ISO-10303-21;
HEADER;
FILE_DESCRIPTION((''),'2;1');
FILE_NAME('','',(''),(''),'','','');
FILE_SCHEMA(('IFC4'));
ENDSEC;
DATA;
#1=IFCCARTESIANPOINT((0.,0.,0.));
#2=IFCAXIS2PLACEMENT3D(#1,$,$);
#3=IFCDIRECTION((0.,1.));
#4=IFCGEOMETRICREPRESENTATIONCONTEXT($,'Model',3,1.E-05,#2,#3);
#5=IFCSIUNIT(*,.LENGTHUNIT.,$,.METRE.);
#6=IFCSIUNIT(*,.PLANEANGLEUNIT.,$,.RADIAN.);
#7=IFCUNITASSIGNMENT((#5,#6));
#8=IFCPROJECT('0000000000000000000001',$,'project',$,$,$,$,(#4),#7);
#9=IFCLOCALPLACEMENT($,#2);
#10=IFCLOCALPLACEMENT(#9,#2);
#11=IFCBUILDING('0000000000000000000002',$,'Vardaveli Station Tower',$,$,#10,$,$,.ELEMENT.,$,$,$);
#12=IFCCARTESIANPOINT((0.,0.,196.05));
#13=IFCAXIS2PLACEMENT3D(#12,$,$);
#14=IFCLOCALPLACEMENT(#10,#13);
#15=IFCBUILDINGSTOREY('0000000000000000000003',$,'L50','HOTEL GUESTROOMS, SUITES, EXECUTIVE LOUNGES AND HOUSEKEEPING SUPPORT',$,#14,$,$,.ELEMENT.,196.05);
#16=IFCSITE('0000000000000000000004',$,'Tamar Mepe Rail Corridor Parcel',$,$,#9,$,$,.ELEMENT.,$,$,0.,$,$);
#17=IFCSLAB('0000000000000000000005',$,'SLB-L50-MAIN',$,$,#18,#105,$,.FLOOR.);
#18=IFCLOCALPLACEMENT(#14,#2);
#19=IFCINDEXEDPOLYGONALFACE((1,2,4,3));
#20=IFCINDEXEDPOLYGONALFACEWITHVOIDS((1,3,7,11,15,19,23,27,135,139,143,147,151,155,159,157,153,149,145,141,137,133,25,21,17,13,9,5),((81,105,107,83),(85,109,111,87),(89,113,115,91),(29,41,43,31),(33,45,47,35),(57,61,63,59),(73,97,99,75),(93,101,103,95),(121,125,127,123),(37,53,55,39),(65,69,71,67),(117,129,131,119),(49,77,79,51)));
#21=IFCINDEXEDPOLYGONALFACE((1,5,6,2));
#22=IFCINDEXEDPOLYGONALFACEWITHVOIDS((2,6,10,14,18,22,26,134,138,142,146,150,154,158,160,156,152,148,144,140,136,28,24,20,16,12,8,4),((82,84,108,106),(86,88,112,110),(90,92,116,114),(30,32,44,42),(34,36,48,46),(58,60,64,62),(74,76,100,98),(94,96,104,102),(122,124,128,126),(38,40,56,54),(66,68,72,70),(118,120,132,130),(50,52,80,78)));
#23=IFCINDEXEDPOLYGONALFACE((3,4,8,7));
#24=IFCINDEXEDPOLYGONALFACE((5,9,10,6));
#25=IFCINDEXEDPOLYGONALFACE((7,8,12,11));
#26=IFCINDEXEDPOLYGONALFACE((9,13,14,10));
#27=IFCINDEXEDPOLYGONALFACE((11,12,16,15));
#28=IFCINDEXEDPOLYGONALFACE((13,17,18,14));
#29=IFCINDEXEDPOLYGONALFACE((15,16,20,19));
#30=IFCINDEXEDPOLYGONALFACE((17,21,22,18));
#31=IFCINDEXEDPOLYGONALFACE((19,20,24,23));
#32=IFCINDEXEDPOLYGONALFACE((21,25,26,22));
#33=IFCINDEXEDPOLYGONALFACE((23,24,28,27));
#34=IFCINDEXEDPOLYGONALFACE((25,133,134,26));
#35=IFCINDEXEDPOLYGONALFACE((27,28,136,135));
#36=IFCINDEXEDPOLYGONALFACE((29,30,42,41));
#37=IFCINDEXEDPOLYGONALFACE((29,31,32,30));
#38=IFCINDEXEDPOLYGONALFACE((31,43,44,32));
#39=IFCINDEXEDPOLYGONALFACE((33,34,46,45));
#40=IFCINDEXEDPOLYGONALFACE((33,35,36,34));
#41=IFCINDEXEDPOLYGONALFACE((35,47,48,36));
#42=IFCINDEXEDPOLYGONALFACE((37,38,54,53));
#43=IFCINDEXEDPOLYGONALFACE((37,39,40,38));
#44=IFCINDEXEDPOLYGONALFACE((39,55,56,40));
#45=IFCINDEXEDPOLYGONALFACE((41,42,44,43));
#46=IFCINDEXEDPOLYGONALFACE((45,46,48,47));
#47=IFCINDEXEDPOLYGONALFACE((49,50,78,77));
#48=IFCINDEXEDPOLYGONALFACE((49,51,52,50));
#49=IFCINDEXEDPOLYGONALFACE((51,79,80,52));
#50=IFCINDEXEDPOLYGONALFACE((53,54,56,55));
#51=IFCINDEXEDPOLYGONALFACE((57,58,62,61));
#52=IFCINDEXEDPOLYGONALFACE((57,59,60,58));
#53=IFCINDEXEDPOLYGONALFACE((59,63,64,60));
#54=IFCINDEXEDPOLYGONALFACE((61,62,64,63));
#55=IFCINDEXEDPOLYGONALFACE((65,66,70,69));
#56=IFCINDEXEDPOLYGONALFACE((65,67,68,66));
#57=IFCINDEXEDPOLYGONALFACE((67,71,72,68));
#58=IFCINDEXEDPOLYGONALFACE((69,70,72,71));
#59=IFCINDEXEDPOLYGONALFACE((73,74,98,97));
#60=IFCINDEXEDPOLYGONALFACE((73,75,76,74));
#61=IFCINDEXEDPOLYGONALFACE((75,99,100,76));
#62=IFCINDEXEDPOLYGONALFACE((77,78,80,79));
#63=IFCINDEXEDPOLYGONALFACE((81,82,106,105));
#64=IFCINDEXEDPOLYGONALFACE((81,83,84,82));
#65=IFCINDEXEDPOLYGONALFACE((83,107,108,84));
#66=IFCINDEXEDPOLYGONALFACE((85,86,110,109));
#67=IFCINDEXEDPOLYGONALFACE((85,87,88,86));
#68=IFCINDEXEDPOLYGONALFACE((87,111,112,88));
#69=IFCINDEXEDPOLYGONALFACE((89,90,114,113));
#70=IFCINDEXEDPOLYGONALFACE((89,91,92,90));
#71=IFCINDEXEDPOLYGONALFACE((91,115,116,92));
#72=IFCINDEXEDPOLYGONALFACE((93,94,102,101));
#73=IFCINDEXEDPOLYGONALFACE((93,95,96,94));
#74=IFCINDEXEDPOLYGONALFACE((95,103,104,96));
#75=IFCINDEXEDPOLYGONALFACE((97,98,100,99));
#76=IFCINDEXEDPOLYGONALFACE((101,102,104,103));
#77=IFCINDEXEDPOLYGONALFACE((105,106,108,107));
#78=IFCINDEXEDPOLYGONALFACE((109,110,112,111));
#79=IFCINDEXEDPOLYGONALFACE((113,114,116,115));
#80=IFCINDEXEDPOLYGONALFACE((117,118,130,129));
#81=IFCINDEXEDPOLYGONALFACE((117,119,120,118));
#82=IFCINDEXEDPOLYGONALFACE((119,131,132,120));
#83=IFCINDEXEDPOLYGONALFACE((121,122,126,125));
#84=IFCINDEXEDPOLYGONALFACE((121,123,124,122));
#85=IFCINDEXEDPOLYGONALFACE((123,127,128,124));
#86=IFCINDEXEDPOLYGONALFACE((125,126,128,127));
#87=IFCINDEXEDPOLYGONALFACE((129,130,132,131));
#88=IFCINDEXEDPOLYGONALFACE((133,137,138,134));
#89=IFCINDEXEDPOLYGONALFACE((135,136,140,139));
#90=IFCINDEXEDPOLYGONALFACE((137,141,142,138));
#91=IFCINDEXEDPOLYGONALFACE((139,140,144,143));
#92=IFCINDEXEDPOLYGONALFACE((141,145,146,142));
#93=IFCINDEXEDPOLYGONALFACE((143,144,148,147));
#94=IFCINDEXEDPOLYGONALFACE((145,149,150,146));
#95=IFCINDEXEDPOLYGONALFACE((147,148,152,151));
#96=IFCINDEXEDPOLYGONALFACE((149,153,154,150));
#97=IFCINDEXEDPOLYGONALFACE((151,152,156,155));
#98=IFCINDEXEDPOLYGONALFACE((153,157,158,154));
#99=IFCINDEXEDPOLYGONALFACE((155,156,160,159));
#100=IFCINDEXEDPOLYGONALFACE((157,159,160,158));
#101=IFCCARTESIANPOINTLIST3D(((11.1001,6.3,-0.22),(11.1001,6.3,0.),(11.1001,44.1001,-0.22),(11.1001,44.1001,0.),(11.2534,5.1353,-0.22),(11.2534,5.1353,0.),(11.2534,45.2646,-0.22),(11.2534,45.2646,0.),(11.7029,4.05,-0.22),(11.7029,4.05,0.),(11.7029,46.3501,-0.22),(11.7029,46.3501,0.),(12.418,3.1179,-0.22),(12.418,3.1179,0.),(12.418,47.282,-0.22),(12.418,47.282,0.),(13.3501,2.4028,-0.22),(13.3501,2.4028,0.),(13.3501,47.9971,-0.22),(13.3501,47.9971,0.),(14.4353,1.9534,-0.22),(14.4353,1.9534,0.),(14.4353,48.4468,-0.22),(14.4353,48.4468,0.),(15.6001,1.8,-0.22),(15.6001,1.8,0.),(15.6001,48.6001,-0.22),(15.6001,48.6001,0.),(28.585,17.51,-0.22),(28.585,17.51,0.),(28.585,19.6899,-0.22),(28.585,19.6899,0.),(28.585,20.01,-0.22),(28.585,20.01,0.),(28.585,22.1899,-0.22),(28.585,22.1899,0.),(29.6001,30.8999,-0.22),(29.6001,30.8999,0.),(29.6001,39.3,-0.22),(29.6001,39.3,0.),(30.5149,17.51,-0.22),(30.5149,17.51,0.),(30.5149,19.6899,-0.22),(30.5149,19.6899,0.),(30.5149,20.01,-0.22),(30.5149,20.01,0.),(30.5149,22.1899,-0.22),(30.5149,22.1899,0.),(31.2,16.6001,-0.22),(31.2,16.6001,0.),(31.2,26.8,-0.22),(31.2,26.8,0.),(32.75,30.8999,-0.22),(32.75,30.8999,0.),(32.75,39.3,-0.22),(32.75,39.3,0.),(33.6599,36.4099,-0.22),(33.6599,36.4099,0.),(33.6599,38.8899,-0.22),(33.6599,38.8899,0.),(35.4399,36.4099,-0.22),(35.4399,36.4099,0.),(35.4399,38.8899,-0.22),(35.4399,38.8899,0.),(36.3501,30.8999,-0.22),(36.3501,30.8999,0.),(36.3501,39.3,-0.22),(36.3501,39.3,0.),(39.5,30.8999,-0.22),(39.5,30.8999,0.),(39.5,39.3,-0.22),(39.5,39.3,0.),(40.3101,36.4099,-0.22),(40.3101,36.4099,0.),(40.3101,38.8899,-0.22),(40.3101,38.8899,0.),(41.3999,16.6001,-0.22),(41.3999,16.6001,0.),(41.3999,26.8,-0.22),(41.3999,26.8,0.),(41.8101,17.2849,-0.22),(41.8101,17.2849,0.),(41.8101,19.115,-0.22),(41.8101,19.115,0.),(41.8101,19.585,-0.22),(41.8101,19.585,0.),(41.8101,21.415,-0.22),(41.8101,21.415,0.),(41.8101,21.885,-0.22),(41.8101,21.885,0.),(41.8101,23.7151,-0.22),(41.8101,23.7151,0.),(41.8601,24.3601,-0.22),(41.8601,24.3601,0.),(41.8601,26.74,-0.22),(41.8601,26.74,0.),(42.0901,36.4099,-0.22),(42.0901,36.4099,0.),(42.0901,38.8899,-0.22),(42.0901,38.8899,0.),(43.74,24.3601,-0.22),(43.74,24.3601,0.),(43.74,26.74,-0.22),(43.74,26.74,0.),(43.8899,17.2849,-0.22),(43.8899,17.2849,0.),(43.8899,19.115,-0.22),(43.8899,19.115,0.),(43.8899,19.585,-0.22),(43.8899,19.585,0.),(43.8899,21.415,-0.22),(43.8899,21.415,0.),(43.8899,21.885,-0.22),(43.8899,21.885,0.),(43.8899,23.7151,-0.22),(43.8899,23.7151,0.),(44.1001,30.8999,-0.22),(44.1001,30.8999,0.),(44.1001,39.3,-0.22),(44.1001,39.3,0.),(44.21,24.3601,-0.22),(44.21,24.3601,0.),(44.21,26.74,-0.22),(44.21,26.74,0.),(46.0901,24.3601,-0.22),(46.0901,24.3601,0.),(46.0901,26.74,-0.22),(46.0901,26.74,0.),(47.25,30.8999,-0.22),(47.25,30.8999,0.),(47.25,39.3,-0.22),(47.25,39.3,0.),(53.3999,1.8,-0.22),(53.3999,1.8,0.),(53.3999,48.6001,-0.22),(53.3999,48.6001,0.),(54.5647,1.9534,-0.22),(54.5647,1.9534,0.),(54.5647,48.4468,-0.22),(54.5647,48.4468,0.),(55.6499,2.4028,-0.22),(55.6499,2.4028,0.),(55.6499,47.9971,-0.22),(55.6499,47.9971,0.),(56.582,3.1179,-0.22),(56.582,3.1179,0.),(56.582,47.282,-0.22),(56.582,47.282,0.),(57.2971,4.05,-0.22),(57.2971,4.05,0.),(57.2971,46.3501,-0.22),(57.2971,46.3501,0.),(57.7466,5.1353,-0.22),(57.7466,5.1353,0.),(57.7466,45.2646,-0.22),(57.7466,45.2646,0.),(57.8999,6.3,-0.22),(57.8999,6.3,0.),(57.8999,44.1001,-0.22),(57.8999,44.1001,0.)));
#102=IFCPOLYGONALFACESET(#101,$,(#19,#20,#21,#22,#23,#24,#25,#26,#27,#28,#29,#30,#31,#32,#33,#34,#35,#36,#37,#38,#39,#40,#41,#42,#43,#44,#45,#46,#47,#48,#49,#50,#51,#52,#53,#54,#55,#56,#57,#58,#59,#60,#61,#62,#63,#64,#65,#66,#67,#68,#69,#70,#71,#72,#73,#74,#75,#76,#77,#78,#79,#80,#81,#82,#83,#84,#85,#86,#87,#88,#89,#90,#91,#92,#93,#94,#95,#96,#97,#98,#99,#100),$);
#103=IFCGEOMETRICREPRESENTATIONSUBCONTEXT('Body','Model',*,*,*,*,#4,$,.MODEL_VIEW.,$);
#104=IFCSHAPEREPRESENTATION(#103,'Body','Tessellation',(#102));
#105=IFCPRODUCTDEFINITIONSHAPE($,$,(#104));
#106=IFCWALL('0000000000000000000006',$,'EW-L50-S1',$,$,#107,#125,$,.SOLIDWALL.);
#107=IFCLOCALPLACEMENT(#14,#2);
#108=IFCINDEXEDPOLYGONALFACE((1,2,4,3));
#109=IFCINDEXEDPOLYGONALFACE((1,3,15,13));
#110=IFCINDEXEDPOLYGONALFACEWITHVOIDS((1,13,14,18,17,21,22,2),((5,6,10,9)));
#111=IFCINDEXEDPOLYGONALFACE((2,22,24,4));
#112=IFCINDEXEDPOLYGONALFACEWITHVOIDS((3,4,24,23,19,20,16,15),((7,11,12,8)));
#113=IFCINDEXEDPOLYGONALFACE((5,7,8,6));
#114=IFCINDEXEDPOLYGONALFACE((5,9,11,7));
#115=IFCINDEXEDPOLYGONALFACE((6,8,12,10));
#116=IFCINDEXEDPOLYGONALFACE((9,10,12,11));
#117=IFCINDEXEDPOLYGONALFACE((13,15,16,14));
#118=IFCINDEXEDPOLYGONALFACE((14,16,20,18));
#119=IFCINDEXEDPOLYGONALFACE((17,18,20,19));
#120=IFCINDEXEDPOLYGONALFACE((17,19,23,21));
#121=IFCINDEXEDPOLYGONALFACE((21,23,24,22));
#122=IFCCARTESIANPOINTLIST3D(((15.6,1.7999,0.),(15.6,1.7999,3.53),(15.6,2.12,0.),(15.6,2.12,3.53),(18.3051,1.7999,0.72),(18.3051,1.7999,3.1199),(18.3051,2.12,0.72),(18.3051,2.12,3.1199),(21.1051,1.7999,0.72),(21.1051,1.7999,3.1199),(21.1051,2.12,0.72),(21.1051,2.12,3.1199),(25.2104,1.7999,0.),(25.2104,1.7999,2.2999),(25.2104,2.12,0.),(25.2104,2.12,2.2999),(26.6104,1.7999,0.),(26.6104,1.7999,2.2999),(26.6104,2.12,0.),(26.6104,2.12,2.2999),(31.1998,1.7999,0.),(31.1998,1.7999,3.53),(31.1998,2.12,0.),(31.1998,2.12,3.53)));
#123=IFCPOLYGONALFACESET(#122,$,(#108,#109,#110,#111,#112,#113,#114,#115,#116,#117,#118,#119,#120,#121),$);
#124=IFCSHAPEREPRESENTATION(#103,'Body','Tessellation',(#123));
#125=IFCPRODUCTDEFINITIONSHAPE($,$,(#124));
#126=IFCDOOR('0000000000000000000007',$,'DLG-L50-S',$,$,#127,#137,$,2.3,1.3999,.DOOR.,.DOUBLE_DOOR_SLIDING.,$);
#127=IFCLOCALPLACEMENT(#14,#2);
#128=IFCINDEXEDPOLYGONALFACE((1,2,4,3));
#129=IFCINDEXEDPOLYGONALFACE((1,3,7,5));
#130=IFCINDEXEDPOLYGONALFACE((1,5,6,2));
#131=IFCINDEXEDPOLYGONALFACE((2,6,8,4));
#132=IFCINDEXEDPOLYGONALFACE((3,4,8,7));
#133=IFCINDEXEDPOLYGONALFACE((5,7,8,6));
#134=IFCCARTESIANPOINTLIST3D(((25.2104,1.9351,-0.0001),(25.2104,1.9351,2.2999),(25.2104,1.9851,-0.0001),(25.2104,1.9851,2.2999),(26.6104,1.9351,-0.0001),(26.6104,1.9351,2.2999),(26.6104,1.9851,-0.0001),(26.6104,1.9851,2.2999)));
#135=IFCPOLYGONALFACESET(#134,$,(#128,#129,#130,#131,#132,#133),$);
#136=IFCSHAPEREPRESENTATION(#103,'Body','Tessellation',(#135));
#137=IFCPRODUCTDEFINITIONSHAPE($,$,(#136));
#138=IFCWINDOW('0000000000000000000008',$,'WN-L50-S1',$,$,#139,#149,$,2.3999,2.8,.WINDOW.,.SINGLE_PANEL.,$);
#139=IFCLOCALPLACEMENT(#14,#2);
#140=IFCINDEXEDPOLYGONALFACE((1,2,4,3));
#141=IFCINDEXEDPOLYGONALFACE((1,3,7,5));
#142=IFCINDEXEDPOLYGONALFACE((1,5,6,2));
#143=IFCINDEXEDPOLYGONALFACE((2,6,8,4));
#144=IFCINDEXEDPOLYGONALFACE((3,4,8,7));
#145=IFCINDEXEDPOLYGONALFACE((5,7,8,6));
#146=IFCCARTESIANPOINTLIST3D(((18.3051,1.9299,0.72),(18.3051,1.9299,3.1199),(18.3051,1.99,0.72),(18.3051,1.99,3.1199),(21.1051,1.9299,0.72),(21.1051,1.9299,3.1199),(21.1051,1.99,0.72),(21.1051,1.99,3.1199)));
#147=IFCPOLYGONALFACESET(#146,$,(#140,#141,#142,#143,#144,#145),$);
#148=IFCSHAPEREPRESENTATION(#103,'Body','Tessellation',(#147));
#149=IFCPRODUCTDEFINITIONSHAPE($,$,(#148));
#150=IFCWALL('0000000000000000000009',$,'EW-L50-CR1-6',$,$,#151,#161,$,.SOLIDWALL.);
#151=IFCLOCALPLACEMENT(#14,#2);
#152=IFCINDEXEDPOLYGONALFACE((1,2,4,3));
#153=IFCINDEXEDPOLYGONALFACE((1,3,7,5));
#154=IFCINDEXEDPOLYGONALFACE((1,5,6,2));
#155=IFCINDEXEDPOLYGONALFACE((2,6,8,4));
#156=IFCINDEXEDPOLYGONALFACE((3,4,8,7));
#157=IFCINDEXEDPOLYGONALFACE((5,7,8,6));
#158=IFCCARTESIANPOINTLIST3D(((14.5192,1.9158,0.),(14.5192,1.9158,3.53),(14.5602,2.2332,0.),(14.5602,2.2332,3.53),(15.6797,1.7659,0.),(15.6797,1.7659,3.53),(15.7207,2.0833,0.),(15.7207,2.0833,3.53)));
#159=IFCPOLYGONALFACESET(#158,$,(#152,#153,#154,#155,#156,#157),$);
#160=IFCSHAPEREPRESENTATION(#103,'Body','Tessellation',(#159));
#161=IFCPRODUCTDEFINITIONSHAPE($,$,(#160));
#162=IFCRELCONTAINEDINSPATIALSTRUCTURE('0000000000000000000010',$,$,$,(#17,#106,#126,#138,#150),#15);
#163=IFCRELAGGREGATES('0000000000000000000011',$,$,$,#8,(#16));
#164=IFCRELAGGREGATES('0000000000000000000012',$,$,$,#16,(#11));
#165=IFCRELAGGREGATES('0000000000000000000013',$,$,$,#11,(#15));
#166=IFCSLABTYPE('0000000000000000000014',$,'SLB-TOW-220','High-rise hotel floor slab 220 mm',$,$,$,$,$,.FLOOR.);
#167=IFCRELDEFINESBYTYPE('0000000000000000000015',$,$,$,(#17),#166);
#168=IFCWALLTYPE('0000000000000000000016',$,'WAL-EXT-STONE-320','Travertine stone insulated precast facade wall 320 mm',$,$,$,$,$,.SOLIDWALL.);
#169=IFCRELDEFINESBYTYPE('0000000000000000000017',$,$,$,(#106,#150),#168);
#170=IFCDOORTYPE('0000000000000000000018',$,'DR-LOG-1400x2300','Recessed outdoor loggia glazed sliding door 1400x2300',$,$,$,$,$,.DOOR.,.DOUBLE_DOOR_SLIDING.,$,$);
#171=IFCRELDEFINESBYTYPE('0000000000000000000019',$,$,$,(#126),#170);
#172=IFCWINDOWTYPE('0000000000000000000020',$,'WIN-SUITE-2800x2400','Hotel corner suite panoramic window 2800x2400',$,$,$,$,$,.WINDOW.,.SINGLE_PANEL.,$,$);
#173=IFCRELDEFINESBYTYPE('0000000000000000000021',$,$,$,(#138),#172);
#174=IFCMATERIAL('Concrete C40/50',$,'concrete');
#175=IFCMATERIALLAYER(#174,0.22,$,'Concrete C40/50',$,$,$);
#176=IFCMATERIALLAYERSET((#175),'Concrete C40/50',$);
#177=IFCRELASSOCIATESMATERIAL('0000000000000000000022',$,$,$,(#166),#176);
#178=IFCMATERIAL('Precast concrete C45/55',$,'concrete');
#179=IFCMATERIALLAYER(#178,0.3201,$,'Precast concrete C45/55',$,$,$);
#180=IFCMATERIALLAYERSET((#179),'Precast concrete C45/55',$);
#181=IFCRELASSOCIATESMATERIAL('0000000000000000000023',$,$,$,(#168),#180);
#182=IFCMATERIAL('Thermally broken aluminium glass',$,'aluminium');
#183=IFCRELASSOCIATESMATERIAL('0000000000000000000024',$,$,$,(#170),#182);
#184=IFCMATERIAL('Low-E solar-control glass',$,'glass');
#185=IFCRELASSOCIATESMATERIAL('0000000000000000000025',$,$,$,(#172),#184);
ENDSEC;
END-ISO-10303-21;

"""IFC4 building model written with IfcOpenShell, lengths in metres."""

from ifc_helpers import new_model, si_unit, direction, frame, frame_2d, origin, place, context, subcontext, project, spatial, polyline, rectangle, outline, extrude, source, transform, mapped, material, layer, layer_set, type_object, element, fill, save


model = new_model("IFC4")

# Units and contexts
model_context = context("Model", 3, precision=1e-05, world=origin(), true_north=direction((0.0, 1.0)))
body_context = subcontext(model_context, "Body", "Model", "MODEL_VIEW")
ifc_project = project(units=[si_unit("LENGTHUNIT", "METRE"), si_unit("PLANEANGLEUNIT", "RADIAN")], contexts=[model_context])

# Site, building, storey
site_placement = place(None, origin())
site = spatial("IfcSite", under=ifc_project, at=site_placement, Name="Tamar Mepe Rail Corridor Parcel", CompositionType="ELEMENT", RefElevation=0.0)
building_placement = place(site_placement, origin())
building = spatial("IfcBuilding", under=site, at=building_placement, Name="Vardaveli Station Tower", CompositionType="ELEMENT")
storey_placement = place(building_placement, frame((0.0, 0.0, 196.05)))
storey = spatial("IfcBuildingStorey", under=building, at=storey_placement, Name="L50", Description="HOTEL GUESTROOMS, SUITES, EXECUTIVE LOUNGES AND HOUSEKEEPING SUPPORT", CompositionType="ELEMENT", Elevation=196.05)

# Shared definitions
ifc_material_1 = material(Name="Concrete C40/50", Category="concrete")

# Slab
ifc_material_2 = material(Name="Precast concrete C45/55", Category="concrete")
ifc_layer_1 = layer(ifc_material_1, 0.22, Name="Concrete C40/50")
ifc_layer_set_1 = layer_set([ifc_layer_1], Name="Concrete C40/50")
slab_type_1 = type_object("IfcSlabType", Name="SLB-TOW-220", Description="High-rise hotel floor slab 220 mm", PredefinedType="FLOOR", material=ifc_layer_set_1)
slab_1_placement = place(storey_placement, frame((0.0, 0.0, -0.22)))
element("IfcSlab", 1, at=slab_1_placement, inside=storey, type_object=slab_type_1, Name="SLB-L50-MAIN", PredefinedType="FLOOR", context=body_context, shape_type="SweptSolid", body=[
    extrude(outline(polyline([(11.1001, 6.3), (11.2534, 5.1353), (11.7029, 4.05), (12.418, 3.1179), (13.3501, 2.4028), (14.4353, 1.9534), (15.6001, 1.8), (53.3999, 1.8), (54.5647, 1.9534), (55.6499, 2.4028), (56.582, 3.1179), (57.2971, 4.05), (57.7466, 5.1353), (57.8999, 6.3), (57.8999, 44.1001), (57.7466, 45.2646), (57.2971, 46.3501), (56.582, 47.282), (55.6499, 47.9971), (54.5647, 48.4468), (53.3999, 48.6001), (15.6001, 48.6001), (14.4353, 48.4468), (13.3501, 47.9971), (12.418, 47.282), (11.7029, 46.3501), (11.2534, 45.2646), (11.1001, 44.1001), (11.1001, 6.3)]), holes=[polyline([(31.2, 16.6001), (41.3999, 16.6001), (41.3999, 26.8), (31.2, 26.8), (31.2, 16.6001)]), polyline([(32.75, 30.8999), (32.75, 39.3), (29.6001, 39.3), (29.6001, 30.8999), (32.75, 30.8999)]), polyline([(39.5, 30.8999), (39.5, 39.3), (36.3501, 39.3), (36.3501, 30.8999), (39.5, 30.8999)]), polyline([(47.25, 30.8999), (47.25, 39.3), (44.1001, 39.3), (44.1001, 30.8999), (47.25, 30.8999)]), polyline([(33.6599, 36.4099), (35.4399, 36.4099), (35.4399, 38.8899), (33.6599, 38.8899), (33.6599, 36.4099)]), polyline([(40.3101, 36.4099), (42.0901, 36.4099), (42.0901, 38.8899), (40.3101, 38.8899), (40.3101, 36.4099)]), polyline([(41.8101, 21.885), (43.8899, 21.885), (43.8899, 23.7151), (41.8101, 23.7151), (41.8101, 21.885)]), polyline([(41.8101, 19.585), (43.8899, 19.585), (43.8899, 21.415), (41.8101, 21.415), (41.8101, 19.585)]), polyline([(41.8101, 17.2849), (43.8899, 17.2849), (43.8899, 19.115), (41.8101, 19.115), (41.8101, 17.2849)]), polyline([(28.585, 17.51), (30.5149, 17.51), (30.5149, 19.6899), (28.585, 19.6899), (28.585, 17.51)]), polyline([(28.585, 20.01), (30.5149, 20.01), (30.5149, 22.1899), (28.585, 22.1899), (28.585, 20.01)]), polyline([(41.8601, 24.3601), (43.74, 24.3601), (43.74, 26.74), (41.8601, 26.74), (41.8601, 24.3601)]), polyline([(44.21, 24.3601), (46.0901, 24.3601), (46.0901, 26.74), (44.21, 26.74), (44.21, 24.3601)])]), origin(), (0.0, 0.0, 1.0), 0.22),
])

# Wall, openings, door, window
ifc_layer_2 = layer(ifc_material_2, 0.3201, Name="Precast concrete C45/55")
ifc_layer_set_2 = layer_set([ifc_layer_2], Name="Precast concrete C45/55")
wall_type = type_object("IfcWallType", Name="WAL-EXT-STONE-320", Description="Travertine stone insulated precast facade wall 320 mm", PredefinedType="SOLIDWALL", material=ifc_layer_set_2)
shared_shape_1 = source(origin(), body_context, "Body", "SweptSolid", [
    extrude(rectangle(XDim=15.5999, YDim=0.3201, at=frame_2d((7.7998, 0.0))), origin(), (0.0, 0.0, 1.0), 3.53),
])
wall_1_placement = place(storey_placement, frame((15.6001, 1.96, 0.0), z_axis=(0.0, 0.0, 1.0), x_axis=(1.0, 0.0, 0.0)))
wall_1 = element("IfcWall", 2, at=wall_1_placement, inside=storey, type_object=wall_type, Name="EW-L50-S1", PredefinedType="SOLIDWALL", context=body_context, shape_type="MappedRepresentation", body=[
    mapped(shared_shape_1, transform((0.0, 0.0, 0.0), scale=1.0)),
])
shared_shape_2 = source(origin(), body_context, "Body", "SweptSolid", [
    extrude(rectangle(XDim=1.3999, YDim=2.3, at=frame_2d((0.7, 1.1499))), frame((0.0, 0.1699, 0.0), z_axis=(0.0, -1.0, 0.0), x_axis=(1.0, 0.0, 0.0)), (0.0, 0.0, 1.0), 0.3401),
])
opening_1_placement = place(wall_1_placement, frame((9.6104, 0.0, 0.0)))
opening_1 = element("IfcOpeningElement", 3, at=opening_1_placement, cuts=wall_1, PredefinedType="OPENING", context=body_context, shape_type="MappedRepresentation", body=[
    mapped(shared_shape_2, transform((0.0, 0.0, 0.0), scale=1.0)),
])
shared_shape_3 = source(origin(), body_context, "Body", "SweptSolid", [
    extrude(rectangle(XDim=2.8, YDim=2.3999, at=frame_2d((1.3999, 1.2))), frame((0.0, 0.1699, 0.0), z_axis=(0.0, -1.0, 0.0), x_axis=(1.0, 0.0, 0.0)), (0.0, 0.0, 1.0), 0.3401),
])
opening_2_placement = place(wall_1_placement, frame((2.7051, 0.0, 0.72)))
opening_2 = element("IfcOpeningElement", 4, at=opening_2_placement, cuts=wall_1, PredefinedType="OPENING", context=body_context, shape_type="MappedRepresentation", body=[
    mapped(shared_shape_3, transform((0.0, 0.0, 0.0), scale=1.0)),
])
ifc_material_3 = material(Name="Thermally broken aluminium glass", Category="aluminium")
door_type = type_object("IfcDoorType", Name="DR-LOG-1400x2300", Description="Recessed outdoor loggia glazed sliding door 1400x2300", OperationType="DOUBLE_DOOR_SLIDING", PredefinedType="DOOR", material=ifc_material_3)
shared_shape_4 = source(origin(), body_context, "Body", "SweptSolid", [
    extrude(rectangle(XDim=1.3999, YDim=2.3, at=frame_2d((0.7, 1.1499))), frame((0.0, 0.0249, 0.0), z_axis=(0.0, -1.0, 0.0), x_axis=(1.0, 0.0, 0.0)), (0.0, 0.0, 1.0), 0.05),
])
door_placement = place(opening_1_placement, frame((1.3999, 0.0, 0.0), z_axis=(0.0, 0.0, 1.0), x_axis=(-1.0, 0.0, 0.0)))
door = element("IfcDoor", 5, at=door_placement, inside=storey, type_object=door_type, Name="DLG-L50-S", OperationType="DOUBLE_DOOR_SLIDING", OverallHeight=2.3, OverallWidth=1.3999, PredefinedType="DOOR", context=body_context, shape_type="MappedRepresentation", body=[
    mapped(shared_shape_4, transform((0.0, 0.0, 0.0), scale=1.0)),
])
fill(opening_1, door)
ifc_material_4 = material(Name="Low-E solar-control glass", Category="glass")
window_type = type_object("IfcWindowType", Name="WIN-SUITE-2800x2400", Description="Hotel corner suite panoramic window 2800x2400", PartitioningType="SINGLE_PANEL", PredefinedType="WINDOW", material=ifc_material_4)
shared_shape_5 = source(origin(), body_context, "Body", "SweptSolid", [
    extrude(rectangle(XDim=2.8, YDim=2.3999, at=frame_2d((1.3999, 1.2))), frame((0.0, 0.03, 0.0), z_axis=(0.0, -1.0, 0.0), x_axis=(1.0, 0.0, 0.0)), (0.0, 0.0, 1.0), 0.0601),
])
window_placement = place(opening_2_placement, origin())
window = element("IfcWindow", 6, at=window_placement, inside=storey, type_object=window_type, Name="WN-L50-S1", OverallHeight=2.3999, OverallWidth=2.8, PartitioningType="SINGLE_PANEL", PredefinedType="WINDOW", context=body_context, shape_type="MappedRepresentation", body=[
    mapped(shared_shape_5, transform((0.0, 0.0, 0.0), scale=1.0)),
])
fill(opening_2, window)

# Wall
shared_shape_6 = source(origin(), body_context, "Body", "SweptSolid", [
    extrude(rectangle(XDim=1.1702, YDim=0.3201, at=frame_2d((0.585, 0.0))), origin(), (0.0, 0.0, 1.0), 3.53),
])
wall_2_placement = place(storey_placement, frame((14.5398, 2.0745, 0.0), z_axis=(0.0, 0.0, 1.0), x_axis=(0.991762, -0.12809, 0.0)))
element("IfcWall", 7, at=wall_2_placement, inside=storey, type_object=wall_type, Name="EW-L50-CR1-6", PredefinedType="SOLIDWALL", context=body_context, shape_type="MappedRepresentation", body=[
    mapped(shared_shape_6, transform((0.0, 0.0, 0.0), scale=1.0)),
])

save(model, "model.ifc")
